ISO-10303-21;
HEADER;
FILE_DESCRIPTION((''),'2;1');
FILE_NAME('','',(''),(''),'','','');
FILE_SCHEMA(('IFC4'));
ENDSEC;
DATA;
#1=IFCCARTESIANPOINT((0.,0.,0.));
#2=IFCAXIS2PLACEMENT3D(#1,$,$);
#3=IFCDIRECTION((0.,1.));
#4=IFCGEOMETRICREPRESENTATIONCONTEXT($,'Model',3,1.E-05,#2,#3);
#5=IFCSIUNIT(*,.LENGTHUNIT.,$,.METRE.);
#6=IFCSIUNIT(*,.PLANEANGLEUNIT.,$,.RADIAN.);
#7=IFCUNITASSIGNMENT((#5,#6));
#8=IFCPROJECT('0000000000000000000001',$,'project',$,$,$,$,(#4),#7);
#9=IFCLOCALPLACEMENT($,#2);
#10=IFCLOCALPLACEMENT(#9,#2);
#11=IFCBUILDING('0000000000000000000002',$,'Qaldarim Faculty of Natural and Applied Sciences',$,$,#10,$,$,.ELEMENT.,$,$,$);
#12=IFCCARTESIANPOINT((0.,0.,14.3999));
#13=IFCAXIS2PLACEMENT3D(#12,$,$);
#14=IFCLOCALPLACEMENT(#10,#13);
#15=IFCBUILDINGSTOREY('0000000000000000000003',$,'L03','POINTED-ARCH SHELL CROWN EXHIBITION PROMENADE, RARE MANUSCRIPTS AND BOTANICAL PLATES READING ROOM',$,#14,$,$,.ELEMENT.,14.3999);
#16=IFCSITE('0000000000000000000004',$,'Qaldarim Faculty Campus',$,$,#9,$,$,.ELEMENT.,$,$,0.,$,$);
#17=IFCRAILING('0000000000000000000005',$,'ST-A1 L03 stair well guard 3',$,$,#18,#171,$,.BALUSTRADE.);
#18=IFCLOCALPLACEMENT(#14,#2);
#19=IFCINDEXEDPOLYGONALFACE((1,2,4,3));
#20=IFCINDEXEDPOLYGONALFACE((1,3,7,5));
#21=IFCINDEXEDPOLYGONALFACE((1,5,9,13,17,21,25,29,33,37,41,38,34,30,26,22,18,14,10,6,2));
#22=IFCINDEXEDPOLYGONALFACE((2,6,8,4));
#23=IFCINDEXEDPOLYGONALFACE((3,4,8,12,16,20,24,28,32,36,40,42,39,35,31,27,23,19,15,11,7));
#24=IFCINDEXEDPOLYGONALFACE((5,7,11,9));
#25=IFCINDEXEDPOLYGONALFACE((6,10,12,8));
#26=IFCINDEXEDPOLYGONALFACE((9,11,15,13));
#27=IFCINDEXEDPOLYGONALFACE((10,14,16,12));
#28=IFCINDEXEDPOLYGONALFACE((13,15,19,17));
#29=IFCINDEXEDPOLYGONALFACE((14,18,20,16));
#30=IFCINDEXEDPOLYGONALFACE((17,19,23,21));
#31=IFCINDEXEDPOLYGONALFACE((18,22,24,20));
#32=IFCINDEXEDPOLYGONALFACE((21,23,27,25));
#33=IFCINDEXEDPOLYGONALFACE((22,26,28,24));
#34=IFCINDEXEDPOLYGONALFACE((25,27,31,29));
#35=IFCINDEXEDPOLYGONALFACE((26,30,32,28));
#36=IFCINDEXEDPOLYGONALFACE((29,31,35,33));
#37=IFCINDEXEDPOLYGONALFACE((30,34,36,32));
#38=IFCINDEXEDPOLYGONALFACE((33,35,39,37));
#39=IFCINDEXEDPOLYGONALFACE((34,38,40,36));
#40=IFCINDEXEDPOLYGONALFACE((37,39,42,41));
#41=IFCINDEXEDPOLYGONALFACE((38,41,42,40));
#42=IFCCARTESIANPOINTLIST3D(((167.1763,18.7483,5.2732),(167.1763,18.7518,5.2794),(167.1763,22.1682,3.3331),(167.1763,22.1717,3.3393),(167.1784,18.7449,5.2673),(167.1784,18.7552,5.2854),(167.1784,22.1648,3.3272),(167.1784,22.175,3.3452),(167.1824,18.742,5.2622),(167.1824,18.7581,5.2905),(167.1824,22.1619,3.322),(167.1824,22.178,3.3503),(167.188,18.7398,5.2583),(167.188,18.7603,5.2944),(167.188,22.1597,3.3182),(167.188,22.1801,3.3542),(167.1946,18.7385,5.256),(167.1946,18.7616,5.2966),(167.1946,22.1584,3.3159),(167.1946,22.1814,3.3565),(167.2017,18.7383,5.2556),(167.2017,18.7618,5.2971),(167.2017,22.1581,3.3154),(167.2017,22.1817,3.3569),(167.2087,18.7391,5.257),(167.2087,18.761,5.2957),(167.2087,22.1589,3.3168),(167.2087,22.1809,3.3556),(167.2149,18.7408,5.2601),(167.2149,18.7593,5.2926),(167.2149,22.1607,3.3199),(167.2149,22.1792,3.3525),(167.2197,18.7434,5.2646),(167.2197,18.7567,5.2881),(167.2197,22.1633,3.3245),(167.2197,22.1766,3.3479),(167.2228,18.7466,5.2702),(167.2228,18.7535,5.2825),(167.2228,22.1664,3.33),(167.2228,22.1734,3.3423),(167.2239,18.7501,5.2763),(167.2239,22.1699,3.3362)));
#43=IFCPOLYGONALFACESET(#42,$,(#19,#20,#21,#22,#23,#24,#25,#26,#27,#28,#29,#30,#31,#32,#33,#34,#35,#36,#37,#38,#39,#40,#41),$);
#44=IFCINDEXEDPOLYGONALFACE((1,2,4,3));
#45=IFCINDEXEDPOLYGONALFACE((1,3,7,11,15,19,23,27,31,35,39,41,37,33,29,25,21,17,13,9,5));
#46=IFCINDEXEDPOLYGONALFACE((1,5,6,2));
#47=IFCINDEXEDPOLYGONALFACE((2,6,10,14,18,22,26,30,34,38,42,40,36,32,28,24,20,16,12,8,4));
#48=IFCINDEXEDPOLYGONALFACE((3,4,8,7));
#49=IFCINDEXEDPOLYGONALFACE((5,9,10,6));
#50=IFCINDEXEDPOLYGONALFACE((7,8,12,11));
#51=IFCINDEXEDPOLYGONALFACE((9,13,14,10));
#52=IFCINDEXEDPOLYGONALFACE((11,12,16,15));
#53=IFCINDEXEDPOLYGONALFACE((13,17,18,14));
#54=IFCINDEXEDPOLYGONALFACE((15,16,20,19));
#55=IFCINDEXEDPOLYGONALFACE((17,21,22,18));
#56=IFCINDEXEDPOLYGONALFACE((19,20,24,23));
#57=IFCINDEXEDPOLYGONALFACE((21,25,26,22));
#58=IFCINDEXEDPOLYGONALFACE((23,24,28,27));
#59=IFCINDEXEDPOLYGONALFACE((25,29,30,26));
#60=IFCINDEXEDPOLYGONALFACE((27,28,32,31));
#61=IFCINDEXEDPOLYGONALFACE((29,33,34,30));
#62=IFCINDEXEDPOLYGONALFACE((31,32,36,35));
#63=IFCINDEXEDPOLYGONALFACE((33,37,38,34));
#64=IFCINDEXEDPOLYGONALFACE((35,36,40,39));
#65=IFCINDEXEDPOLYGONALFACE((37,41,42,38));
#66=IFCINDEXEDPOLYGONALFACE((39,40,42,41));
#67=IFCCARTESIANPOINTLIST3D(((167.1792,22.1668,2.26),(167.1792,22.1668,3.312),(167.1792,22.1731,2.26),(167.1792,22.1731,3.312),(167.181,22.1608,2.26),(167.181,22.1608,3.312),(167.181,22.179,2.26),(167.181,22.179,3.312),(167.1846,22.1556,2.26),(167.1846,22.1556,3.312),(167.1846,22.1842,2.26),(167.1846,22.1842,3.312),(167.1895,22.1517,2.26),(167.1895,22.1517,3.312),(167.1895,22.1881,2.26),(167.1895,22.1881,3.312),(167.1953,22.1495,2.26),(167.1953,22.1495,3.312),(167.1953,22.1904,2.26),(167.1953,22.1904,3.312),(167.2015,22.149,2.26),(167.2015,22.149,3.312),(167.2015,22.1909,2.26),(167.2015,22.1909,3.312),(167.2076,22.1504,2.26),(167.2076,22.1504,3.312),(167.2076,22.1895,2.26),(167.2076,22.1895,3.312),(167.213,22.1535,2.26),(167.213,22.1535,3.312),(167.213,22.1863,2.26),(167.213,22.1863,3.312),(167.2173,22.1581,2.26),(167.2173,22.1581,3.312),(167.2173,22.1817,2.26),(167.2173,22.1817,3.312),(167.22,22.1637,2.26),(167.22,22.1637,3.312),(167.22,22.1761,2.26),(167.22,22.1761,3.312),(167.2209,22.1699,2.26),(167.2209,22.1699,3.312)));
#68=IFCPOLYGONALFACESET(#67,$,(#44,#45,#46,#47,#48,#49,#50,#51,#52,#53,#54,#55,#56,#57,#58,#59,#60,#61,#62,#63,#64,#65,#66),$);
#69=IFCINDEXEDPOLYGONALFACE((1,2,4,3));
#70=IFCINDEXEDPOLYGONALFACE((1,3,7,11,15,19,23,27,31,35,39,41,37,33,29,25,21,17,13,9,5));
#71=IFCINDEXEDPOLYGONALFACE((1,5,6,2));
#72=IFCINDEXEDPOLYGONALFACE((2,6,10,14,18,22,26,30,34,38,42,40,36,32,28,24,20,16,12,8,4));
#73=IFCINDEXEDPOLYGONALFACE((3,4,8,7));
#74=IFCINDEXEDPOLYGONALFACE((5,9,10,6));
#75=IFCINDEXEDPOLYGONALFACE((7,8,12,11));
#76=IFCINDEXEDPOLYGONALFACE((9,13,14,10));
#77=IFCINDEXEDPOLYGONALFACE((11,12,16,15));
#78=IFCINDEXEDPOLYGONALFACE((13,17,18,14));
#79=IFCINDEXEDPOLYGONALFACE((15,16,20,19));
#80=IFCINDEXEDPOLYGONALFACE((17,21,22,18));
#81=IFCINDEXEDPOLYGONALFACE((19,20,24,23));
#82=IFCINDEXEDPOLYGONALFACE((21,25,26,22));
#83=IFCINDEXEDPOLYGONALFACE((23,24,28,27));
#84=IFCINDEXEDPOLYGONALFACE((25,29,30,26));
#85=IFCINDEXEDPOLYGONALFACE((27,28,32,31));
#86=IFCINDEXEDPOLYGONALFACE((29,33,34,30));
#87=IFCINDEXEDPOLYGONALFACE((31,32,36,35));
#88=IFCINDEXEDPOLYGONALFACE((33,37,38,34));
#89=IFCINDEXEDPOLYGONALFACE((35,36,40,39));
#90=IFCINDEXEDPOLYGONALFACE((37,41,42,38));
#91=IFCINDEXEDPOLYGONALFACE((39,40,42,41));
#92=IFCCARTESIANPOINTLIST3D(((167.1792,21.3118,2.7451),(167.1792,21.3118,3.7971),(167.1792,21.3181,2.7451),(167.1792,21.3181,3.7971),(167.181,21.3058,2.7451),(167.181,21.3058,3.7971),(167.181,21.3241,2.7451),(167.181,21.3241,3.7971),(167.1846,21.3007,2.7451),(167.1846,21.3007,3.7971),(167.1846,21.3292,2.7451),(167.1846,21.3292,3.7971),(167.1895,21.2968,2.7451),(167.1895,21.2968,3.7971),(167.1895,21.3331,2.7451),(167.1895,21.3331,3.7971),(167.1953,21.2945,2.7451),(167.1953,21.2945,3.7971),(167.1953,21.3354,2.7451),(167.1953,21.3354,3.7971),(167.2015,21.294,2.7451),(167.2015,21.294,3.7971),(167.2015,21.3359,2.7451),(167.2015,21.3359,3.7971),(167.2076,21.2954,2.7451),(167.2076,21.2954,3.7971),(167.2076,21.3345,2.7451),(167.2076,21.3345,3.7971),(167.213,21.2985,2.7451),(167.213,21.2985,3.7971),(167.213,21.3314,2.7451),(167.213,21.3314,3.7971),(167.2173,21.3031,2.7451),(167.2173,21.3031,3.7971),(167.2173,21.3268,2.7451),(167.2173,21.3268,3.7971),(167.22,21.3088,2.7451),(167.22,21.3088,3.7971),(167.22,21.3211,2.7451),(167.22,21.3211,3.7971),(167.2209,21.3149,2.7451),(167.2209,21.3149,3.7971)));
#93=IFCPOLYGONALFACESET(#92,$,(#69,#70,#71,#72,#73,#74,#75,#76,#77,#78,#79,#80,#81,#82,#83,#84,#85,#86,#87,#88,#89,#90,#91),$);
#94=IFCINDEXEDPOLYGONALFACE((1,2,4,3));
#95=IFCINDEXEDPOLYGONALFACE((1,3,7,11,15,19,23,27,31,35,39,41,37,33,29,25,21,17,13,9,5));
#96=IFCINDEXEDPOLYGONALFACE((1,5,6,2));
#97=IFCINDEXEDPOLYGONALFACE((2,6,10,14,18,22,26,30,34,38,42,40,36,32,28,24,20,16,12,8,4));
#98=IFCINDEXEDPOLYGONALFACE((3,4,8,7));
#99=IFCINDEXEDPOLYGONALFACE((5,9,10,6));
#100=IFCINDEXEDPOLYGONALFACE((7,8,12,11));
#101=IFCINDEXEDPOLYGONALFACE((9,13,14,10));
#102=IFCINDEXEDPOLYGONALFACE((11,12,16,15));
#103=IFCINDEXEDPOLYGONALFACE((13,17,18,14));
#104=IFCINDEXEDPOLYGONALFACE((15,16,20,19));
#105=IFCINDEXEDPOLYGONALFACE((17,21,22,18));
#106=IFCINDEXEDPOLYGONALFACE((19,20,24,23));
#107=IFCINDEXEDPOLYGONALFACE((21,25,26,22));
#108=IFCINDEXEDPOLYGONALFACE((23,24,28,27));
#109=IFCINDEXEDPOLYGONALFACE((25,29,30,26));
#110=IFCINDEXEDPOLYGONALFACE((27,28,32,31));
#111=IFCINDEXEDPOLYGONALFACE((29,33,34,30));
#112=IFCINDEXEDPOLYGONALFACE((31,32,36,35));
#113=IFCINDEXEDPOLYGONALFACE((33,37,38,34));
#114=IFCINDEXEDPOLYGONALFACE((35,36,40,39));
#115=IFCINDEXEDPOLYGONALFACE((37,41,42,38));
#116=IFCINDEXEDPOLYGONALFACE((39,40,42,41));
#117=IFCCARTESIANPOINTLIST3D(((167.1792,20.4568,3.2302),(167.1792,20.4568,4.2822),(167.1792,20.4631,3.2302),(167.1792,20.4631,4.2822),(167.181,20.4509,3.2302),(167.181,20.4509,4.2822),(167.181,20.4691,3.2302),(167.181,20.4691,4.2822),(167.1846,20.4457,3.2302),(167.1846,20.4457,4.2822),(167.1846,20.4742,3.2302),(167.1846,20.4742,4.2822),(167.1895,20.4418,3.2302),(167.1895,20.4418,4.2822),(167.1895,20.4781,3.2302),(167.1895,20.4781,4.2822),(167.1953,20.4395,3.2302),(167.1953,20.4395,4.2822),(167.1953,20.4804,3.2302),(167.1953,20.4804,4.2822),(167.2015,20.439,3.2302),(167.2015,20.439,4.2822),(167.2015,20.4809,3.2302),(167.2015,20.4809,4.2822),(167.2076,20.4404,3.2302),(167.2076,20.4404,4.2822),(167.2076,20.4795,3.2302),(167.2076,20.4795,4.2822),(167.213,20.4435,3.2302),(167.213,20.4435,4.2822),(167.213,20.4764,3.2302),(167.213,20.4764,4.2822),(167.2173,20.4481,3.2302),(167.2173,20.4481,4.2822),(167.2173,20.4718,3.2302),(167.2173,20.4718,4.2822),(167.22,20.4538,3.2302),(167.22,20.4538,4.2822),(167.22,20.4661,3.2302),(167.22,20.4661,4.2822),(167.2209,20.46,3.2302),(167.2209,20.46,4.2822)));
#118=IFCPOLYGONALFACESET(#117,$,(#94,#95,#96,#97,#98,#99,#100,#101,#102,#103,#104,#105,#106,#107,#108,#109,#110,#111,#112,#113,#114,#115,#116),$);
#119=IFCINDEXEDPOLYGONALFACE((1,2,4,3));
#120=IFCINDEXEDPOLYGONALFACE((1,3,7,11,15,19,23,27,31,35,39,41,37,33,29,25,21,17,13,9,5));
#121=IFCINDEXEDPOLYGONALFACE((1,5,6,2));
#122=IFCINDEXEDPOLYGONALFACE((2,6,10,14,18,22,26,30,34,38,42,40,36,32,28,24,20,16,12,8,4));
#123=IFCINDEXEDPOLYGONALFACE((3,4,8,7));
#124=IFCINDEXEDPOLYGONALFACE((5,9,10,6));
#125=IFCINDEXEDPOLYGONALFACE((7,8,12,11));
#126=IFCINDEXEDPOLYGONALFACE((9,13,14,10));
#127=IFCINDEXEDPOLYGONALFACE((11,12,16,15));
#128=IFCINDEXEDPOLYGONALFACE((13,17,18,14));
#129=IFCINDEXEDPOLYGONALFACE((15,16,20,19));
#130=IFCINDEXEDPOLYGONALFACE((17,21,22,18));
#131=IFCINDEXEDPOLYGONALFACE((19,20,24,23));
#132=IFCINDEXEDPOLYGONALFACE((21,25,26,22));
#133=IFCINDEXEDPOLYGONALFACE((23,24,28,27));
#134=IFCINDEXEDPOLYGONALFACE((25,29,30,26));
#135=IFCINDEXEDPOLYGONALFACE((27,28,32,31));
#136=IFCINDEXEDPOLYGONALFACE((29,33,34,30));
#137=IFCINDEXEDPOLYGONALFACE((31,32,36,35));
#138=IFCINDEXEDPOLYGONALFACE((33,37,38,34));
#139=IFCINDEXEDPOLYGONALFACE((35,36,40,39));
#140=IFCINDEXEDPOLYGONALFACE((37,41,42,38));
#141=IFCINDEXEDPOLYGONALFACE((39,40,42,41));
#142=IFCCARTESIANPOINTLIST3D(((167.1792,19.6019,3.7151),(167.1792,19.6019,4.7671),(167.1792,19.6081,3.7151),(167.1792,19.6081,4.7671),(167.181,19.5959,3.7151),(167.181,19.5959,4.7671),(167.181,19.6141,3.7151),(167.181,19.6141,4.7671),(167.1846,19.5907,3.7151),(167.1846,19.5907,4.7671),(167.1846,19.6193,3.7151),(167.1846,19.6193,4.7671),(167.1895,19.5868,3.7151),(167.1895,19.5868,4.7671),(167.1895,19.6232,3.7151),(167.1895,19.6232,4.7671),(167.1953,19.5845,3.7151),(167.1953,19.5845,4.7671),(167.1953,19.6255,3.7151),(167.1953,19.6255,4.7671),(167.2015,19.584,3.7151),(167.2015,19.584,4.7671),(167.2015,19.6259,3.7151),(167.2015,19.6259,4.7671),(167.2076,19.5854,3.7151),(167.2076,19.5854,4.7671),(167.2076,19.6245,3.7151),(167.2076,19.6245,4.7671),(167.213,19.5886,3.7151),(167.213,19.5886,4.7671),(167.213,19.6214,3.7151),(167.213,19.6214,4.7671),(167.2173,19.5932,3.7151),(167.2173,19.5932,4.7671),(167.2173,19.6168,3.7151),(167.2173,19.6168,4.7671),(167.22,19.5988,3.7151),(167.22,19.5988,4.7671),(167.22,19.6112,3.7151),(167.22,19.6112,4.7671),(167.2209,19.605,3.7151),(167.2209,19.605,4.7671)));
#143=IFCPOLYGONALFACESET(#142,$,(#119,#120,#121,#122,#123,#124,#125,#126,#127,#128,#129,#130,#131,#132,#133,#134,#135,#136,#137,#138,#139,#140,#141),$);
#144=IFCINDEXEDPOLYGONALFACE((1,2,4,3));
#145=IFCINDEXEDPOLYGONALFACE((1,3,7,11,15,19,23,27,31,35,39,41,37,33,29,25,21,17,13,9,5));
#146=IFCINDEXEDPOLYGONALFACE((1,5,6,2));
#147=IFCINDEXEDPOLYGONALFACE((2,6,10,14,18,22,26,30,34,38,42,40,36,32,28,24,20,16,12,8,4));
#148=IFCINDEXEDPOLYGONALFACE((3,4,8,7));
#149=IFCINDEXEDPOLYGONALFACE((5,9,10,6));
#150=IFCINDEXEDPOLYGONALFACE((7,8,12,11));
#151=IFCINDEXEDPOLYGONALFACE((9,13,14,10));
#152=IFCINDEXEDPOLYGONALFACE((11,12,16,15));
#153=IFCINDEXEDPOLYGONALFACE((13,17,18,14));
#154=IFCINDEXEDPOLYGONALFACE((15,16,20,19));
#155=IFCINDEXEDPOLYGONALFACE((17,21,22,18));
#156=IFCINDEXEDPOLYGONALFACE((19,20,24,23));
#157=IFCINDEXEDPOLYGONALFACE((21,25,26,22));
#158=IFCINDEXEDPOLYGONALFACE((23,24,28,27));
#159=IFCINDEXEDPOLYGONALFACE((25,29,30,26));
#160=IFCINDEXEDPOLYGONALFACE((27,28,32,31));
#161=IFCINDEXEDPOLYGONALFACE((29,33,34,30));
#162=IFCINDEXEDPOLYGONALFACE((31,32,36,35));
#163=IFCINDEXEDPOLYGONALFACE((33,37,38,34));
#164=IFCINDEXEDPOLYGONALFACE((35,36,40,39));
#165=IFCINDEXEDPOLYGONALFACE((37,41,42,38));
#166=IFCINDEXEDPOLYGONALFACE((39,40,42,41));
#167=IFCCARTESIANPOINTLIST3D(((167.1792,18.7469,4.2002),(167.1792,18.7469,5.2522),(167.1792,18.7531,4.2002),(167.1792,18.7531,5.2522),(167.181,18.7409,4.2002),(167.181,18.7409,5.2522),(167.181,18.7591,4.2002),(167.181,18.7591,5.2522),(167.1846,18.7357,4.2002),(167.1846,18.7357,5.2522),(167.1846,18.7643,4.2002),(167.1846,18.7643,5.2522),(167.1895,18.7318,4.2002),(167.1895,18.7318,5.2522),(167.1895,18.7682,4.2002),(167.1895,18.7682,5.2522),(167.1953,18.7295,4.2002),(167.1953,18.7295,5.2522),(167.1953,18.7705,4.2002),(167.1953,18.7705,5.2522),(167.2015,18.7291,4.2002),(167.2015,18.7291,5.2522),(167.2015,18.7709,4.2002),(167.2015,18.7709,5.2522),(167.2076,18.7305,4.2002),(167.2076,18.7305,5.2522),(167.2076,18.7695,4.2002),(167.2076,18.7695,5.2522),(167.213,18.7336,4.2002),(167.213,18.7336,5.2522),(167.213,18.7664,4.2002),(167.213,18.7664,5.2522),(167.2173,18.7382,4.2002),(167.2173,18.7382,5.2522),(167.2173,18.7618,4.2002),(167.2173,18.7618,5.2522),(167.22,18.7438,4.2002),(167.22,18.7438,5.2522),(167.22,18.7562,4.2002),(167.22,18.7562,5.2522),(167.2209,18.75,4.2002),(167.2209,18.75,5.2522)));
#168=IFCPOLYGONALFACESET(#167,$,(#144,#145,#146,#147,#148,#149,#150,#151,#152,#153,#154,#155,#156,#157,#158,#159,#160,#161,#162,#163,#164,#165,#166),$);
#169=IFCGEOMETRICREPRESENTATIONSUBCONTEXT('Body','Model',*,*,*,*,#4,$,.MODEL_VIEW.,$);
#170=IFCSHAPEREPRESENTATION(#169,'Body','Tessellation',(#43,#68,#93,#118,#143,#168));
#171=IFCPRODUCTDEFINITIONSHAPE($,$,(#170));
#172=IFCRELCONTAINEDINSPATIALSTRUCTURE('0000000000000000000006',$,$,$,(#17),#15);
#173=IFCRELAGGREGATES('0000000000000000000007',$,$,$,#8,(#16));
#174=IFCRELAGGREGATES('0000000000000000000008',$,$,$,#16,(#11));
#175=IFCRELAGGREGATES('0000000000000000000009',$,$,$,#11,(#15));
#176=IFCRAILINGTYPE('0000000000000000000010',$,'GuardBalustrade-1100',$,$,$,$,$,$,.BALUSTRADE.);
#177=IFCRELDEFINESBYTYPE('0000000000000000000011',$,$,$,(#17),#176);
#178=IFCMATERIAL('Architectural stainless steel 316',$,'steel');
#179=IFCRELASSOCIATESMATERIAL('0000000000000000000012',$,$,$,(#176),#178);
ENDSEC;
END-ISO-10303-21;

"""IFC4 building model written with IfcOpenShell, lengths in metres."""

from ifc_helpers import new_model, si_unit, direction, frame, origin, origin_2d, place, context, subcontext, project, spatial, circle, extrude, material, type_object, element, save


model = new_model("IFC4")

# Units and contexts
model_context = context("Model", 3, precision=1e-05, world=origin(), true_north=direction((0.0, 1.0)))
body_context = subcontext(model_context, "Body", "Model", "MODEL_VIEW")
ifc_project = project(units=[si_unit("LENGTHUNIT", "METRE"), si_unit("PLANEANGLEUNIT", "RADIAN")], contexts=[model_context])

# Site, building, storey
site_placement = place(None, origin())
site = spatial("IfcSite", under=ifc_project, at=site_placement, Name="Qaldarim Faculty Campus", CompositionType="ELEMENT", RefElevation=0.0)
building_placement = place(site_placement, origin())
building = spatial("IfcBuilding", under=site, at=building_placement, Name="Qaldarim Faculty of Natural and Applied Sciences", CompositionType="ELEMENT")
storey_placement = place(building_placement, frame((0.0, 0.0, 14.3999)))
storey = spatial("IfcBuildingStorey", under=building, at=storey_placement, Name="L03", Description="POINTED-ARCH SHELL CROWN EXHIBITION PROMENADE, RARE MANUSCRIPTS AND BOTANICAL PLATES READING ROOM", CompositionType="ELEMENT", Elevation=14.3999)

# Shared definitions
ifc_material_1 = material(Name="Architectural stainless steel 316", Category="steel")

# Railing
railing_type_1 = type_object("IfcRailingType", Name="GuardBalustrade-1100", PredefinedType="BALUSTRADE", material=ifc_material_1)
railing_1_placement = place(storey_placement, frame((167.2, 22.1699, 2.26)))
element("IfcRailing", 1, at=railing_1_placement, inside=storey, type_object=railing_type_1, Name="ST-A1 L03 stair well guard 3", PredefinedType="BALUSTRADE", context=body_context, shape_type="SweptSolid", body=[
    extrude(circle(Radius=0.0239, at=origin_2d()), frame((0.0, 0.0, 1.0762), z_axis=(0.0, -0.869779, 0.493442), x_axis=(1.0, 0.0, 0.0)), (0.0, 0.0, 1.0), 3.9319),
    extrude(circle(Radius=0.021, at=origin_2d()), origin(), (0.0, 0.0, 1.0), 1.052),
    extrude(circle(Radius=0.021, at=origin_2d()), frame((0.0, -0.855, 0.4851)), (0.0, 0.0, 1.0), 1.052),
    extrude(circle(Radius=0.021, at=origin_2d()), frame((0.0, -1.71, 0.9702)), (0.0, 0.0, 1.0), 1.052),
    extrude(circle(Radius=0.021, at=origin_2d()), frame((0.0, -2.5649, 1.4551)), (0.0, 0.0, 1.0), 1.052),
    extrude(circle(Radius=0.021, at=origin_2d()), frame((0.0, -3.4199, 1.9402)), (0.0, 0.0, 1.0), 1.052),
])

save(model, "model.ifc")
